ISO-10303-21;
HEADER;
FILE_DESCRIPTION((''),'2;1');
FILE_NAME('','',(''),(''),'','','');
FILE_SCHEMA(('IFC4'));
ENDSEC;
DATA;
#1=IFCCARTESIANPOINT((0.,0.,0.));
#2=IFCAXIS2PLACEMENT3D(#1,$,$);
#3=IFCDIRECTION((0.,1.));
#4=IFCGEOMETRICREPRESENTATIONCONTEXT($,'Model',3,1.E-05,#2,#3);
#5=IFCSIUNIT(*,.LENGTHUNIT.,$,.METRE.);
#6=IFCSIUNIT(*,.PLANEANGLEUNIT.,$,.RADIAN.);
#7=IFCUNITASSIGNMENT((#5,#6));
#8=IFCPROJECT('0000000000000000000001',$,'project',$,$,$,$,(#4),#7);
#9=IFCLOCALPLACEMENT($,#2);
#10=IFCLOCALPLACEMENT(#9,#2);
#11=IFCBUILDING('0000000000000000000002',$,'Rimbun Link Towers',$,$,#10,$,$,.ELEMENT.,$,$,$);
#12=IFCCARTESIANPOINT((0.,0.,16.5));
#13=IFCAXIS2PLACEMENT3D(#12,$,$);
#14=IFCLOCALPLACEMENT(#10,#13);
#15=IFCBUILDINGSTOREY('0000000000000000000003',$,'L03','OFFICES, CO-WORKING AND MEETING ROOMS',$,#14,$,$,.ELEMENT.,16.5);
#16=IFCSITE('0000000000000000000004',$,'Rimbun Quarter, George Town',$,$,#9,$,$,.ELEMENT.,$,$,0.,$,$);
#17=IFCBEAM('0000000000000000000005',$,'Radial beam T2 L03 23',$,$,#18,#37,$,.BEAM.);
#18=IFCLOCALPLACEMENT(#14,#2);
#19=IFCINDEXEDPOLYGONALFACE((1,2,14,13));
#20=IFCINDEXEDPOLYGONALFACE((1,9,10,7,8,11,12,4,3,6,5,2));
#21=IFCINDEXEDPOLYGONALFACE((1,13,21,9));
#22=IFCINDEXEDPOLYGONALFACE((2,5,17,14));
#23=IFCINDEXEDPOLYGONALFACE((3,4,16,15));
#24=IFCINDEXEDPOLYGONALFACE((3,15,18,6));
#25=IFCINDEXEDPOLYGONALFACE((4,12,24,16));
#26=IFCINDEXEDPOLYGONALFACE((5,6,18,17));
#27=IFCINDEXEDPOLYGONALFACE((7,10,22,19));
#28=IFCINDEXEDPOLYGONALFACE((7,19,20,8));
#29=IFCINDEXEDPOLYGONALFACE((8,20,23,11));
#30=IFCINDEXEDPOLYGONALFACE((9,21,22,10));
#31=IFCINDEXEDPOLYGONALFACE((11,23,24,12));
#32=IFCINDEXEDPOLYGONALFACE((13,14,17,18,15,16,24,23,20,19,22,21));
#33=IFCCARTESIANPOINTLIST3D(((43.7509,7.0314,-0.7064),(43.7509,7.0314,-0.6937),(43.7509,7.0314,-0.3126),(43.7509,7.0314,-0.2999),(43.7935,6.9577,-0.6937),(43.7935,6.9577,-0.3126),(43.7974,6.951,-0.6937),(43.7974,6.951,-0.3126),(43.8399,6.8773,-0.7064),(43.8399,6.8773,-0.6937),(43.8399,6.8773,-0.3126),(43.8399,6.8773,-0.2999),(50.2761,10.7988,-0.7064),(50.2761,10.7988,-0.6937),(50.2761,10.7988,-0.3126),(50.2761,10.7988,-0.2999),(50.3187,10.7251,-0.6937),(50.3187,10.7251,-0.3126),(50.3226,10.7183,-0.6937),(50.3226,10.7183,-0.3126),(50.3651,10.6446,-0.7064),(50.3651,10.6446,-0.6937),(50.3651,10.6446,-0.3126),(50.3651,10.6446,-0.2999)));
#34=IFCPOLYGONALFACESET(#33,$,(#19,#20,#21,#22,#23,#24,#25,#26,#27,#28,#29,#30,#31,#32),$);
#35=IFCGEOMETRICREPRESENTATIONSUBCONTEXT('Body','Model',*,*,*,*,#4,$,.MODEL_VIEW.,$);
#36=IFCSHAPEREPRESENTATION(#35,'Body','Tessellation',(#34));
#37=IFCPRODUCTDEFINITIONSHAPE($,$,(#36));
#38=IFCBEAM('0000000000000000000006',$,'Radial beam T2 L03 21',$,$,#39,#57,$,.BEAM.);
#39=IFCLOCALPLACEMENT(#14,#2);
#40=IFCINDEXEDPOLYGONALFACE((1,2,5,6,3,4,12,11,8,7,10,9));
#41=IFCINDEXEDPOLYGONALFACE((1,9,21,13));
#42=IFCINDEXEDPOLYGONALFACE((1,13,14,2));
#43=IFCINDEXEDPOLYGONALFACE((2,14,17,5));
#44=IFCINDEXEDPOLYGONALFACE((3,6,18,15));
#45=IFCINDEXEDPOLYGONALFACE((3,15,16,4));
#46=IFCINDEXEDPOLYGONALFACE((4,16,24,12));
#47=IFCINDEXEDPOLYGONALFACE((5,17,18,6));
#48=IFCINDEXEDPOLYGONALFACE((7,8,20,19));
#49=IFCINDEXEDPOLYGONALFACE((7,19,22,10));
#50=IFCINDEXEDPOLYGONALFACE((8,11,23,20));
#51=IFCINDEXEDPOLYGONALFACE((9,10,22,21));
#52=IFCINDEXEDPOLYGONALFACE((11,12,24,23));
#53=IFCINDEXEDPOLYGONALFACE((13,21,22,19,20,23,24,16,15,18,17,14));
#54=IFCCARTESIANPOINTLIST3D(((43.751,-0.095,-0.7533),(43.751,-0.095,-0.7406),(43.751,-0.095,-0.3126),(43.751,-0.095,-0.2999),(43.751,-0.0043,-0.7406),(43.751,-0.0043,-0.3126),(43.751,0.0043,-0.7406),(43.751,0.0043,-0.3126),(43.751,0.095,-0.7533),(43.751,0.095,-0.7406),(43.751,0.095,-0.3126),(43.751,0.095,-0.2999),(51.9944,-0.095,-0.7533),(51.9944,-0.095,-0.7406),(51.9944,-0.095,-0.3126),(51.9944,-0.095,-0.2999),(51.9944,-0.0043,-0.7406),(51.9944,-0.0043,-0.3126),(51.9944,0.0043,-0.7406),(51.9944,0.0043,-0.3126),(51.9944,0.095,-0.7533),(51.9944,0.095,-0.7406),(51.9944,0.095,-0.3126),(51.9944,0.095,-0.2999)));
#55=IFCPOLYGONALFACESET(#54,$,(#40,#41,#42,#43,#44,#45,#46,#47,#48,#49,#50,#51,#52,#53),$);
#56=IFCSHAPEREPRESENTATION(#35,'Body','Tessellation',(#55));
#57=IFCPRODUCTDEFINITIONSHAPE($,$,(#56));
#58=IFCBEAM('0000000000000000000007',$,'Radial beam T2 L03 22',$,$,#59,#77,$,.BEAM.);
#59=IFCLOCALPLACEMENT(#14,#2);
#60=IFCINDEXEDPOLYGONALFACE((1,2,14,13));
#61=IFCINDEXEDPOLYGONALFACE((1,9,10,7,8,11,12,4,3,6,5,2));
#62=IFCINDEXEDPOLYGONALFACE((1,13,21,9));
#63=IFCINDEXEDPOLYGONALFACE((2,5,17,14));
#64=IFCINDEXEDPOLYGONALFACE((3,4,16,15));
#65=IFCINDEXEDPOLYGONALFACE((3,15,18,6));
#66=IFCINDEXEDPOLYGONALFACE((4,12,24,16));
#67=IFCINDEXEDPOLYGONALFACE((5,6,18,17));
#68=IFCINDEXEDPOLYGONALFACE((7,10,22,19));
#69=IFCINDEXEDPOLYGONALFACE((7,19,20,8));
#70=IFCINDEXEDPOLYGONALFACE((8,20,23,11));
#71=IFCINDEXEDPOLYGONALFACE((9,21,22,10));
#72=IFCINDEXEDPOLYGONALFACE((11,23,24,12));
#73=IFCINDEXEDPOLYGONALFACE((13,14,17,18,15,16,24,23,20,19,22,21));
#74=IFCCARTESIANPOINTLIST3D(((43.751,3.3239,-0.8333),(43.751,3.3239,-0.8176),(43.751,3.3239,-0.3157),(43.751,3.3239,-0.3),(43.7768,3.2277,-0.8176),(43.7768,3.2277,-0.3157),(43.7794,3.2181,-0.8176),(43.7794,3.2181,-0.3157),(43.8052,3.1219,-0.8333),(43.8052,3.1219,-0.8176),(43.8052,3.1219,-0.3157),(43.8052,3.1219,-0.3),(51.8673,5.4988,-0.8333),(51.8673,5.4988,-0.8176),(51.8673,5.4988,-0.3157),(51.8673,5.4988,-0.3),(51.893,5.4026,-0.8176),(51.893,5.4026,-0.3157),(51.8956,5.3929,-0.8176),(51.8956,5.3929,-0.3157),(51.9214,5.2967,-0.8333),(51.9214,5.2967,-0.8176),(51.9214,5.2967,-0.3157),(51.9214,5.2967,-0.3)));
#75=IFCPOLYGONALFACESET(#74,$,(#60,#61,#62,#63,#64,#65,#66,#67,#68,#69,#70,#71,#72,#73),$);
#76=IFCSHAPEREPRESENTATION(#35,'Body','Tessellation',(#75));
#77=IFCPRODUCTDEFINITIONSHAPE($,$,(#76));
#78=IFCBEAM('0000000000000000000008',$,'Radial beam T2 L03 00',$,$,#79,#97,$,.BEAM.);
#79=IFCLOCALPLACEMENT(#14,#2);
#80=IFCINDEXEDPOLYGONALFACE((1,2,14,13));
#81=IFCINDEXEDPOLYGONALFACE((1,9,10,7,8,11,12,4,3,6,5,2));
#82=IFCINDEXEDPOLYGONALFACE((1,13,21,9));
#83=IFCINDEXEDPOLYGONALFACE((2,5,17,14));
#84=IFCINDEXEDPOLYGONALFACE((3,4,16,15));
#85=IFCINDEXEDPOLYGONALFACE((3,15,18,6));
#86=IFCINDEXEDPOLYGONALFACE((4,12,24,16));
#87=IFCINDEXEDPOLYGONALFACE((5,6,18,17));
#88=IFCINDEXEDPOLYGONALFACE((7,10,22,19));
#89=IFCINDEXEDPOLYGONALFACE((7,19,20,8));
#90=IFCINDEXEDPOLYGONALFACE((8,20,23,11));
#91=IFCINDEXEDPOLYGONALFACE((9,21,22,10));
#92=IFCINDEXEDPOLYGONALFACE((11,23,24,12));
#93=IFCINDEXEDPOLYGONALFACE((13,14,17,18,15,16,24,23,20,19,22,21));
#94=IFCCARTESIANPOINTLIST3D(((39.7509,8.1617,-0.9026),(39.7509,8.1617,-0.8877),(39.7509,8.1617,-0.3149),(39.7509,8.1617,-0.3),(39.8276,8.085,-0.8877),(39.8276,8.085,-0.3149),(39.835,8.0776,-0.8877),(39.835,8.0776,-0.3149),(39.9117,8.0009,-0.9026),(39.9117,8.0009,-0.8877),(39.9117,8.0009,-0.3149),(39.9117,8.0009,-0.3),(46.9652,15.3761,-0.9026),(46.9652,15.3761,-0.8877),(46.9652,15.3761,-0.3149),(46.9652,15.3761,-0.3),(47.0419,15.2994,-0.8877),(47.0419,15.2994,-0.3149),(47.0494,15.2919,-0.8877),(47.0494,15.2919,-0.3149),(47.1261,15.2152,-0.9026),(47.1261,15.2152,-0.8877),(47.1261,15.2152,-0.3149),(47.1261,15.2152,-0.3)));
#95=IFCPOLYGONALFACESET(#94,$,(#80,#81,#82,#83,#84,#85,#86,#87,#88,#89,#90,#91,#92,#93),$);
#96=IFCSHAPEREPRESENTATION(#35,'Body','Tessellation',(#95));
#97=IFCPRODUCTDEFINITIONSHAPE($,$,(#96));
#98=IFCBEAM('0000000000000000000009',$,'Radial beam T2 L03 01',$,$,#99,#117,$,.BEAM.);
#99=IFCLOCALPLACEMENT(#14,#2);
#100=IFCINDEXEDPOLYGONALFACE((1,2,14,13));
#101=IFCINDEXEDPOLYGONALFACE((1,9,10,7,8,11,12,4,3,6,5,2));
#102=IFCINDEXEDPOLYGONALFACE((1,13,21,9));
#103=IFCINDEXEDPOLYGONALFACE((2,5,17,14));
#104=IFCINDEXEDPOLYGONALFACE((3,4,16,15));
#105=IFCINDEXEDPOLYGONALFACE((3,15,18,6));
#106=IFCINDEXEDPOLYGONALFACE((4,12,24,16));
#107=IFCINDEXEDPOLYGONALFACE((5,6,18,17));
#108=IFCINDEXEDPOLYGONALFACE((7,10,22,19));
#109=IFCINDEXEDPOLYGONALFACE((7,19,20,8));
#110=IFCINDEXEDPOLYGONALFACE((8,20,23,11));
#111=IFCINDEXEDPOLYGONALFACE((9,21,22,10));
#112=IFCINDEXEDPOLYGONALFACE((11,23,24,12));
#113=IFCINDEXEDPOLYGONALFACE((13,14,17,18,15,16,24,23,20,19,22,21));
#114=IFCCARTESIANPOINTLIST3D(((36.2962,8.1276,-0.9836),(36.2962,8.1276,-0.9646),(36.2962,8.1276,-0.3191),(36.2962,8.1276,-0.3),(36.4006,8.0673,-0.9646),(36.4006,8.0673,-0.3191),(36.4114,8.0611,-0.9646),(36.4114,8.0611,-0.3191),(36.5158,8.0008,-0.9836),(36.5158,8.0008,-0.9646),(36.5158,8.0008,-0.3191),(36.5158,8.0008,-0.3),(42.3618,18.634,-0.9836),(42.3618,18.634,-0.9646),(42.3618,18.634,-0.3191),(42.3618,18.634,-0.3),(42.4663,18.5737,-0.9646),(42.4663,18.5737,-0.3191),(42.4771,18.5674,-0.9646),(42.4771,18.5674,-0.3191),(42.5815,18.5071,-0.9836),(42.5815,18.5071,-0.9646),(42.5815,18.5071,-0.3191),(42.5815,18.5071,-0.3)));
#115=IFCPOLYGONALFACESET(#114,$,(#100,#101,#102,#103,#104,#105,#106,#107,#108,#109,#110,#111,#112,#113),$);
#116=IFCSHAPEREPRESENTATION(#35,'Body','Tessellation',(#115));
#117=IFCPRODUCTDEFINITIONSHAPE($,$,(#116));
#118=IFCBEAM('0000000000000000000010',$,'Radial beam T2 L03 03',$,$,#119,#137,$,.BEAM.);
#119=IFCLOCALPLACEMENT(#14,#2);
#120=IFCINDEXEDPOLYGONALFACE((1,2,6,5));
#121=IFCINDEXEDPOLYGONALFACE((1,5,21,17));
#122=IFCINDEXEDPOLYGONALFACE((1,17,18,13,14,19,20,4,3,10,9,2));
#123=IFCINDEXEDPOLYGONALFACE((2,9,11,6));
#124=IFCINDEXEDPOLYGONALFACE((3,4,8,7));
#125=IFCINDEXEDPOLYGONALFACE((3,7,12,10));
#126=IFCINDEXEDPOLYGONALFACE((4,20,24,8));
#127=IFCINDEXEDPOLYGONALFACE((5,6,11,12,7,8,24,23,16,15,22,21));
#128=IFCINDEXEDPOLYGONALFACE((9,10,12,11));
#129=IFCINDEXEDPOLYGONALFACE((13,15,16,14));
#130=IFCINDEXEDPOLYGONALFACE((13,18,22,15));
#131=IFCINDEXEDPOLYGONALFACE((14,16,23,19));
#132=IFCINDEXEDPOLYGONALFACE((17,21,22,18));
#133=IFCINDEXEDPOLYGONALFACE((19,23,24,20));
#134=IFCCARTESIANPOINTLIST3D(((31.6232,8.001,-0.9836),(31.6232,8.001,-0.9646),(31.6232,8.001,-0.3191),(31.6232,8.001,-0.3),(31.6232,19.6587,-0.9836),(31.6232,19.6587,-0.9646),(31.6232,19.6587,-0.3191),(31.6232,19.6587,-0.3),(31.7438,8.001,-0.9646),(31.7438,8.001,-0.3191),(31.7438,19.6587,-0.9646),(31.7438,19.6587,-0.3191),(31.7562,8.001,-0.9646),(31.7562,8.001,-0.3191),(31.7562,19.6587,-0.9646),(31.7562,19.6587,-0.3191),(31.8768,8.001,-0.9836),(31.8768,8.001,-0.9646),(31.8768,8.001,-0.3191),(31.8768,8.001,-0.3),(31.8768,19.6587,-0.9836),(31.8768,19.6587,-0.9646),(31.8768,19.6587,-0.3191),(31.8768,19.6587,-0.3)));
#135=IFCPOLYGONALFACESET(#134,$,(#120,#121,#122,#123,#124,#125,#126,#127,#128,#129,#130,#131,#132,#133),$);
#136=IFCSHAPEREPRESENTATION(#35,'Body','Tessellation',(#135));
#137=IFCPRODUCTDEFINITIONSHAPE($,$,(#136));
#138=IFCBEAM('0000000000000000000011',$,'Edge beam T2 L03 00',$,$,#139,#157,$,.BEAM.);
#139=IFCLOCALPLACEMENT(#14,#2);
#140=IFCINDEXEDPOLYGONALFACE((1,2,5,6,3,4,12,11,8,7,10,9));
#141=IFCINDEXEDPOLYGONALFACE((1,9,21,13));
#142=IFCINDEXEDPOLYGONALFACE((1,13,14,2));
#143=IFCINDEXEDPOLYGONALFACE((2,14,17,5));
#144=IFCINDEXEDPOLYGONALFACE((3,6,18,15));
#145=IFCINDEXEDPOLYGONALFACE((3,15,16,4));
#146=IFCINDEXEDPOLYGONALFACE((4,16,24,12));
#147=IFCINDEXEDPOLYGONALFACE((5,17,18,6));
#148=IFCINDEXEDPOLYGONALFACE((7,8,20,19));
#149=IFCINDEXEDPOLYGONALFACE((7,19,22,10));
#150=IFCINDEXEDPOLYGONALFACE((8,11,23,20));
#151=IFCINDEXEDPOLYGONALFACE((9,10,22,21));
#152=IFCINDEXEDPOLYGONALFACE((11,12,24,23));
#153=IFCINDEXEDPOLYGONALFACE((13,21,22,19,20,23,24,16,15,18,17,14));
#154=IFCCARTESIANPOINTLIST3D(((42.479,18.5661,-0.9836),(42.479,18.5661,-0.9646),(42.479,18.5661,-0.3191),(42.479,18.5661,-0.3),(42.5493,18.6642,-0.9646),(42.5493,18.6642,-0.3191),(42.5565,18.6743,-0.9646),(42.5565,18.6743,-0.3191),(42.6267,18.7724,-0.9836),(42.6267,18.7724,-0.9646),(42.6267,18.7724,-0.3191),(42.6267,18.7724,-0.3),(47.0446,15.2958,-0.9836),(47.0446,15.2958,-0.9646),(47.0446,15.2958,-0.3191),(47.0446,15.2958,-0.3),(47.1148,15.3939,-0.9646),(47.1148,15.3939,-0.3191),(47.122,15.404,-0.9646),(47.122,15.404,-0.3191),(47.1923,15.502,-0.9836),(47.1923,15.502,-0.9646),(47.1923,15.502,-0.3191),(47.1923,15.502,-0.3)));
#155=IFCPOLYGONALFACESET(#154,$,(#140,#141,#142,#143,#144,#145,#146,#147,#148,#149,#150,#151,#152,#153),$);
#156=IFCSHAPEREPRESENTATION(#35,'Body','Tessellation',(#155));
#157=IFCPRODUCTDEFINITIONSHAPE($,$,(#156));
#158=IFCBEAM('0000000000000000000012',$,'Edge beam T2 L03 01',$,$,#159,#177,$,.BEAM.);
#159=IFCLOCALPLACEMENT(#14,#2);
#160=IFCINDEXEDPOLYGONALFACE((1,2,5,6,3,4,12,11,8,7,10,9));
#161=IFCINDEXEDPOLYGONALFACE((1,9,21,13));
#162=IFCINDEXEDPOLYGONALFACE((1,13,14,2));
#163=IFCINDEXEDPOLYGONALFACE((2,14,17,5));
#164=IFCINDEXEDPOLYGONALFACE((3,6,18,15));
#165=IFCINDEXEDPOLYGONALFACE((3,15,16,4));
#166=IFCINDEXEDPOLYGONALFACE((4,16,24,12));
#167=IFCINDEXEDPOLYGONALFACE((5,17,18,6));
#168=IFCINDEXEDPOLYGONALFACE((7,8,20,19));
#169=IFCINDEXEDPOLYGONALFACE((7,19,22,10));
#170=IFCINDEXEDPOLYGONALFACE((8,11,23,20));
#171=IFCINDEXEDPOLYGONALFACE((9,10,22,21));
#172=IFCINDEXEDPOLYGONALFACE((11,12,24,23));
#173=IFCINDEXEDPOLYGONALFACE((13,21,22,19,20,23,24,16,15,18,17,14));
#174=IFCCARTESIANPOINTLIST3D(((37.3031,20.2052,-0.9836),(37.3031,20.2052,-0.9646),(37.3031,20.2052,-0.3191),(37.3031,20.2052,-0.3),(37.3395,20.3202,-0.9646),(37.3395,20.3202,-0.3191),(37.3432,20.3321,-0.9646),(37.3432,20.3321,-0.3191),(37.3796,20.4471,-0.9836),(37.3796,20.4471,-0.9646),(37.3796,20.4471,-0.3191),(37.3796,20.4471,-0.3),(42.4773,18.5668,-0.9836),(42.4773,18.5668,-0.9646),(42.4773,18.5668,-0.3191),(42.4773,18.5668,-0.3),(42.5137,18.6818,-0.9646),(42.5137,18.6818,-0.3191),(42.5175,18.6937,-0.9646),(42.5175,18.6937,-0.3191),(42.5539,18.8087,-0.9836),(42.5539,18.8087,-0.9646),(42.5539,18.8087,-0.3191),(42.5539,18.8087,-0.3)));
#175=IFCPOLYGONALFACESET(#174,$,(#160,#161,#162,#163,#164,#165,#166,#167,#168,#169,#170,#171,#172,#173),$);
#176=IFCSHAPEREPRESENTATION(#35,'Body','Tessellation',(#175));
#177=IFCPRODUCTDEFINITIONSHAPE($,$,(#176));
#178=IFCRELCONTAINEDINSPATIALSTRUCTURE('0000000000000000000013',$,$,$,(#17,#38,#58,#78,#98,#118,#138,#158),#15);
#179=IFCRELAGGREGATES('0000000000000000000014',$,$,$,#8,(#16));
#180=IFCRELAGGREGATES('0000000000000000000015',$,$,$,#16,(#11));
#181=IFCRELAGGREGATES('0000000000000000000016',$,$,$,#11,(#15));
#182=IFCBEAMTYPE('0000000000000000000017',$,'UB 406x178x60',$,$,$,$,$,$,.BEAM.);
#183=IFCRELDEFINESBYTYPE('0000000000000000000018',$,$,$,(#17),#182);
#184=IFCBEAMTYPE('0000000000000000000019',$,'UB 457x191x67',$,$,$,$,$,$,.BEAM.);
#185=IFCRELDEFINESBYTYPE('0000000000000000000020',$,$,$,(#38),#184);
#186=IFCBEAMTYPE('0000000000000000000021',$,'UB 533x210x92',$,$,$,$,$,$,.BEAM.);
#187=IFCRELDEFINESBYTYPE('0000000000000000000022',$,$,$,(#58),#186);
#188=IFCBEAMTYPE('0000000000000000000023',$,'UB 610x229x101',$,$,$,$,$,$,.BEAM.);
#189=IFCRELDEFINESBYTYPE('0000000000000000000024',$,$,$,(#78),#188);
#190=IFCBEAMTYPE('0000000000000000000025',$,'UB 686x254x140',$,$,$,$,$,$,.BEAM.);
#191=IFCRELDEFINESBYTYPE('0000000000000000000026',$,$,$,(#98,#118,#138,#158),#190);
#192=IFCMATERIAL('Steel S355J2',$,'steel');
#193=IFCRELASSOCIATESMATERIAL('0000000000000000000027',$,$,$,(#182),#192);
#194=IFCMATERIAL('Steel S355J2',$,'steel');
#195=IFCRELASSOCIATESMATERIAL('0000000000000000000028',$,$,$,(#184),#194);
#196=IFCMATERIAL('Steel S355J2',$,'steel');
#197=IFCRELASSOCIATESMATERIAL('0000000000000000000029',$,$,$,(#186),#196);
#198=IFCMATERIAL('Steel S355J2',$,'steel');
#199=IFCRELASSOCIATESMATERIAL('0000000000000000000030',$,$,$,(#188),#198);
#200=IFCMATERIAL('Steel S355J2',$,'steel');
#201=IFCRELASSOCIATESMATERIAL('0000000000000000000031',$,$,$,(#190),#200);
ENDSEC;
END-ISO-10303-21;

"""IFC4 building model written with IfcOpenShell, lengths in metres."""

from ifc_helpers import new_model, si_unit, direction, frame, origin, origin_2d, place, context, subcontext, project, spatial, i_section, extrude, material, material_profile, profile_set, type_object, element, save


model = new_model("IFC4")

# Units and contexts
model_context = context("Model", 3, precision=1e-05, world=origin(), true_north=direction((0.0, 1.0)))
body_context = subcontext(model_context, "Body", "Model", "MODEL_VIEW")
ifc_project = project(units=[si_unit("LENGTHUNIT", "METRE"), si_unit("PLANEANGLEUNIT", "RADIAN")], contexts=[model_context])

# Site, building, storey
site_placement = place(None, origin())
site = spatial("IfcSite", under=ifc_project, at=site_placement, Name="Rimbun Quarter, George Town", CompositionType="ELEMENT", RefElevation=0.0)
building_placement = place(site_placement, origin())
building = spatial("IfcBuilding", under=site, at=building_placement, Name="Rimbun Link Towers", CompositionType="ELEMENT")
storey_placement = place(building_placement, frame((0.0, 0.0, 16.5)))
storey = spatial("IfcBuildingStorey", under=building, at=storey_placement, Name="L03", Description="OFFICES, CO-WORKING AND MEETING ROOMS", CompositionType="ELEMENT", Elevation=16.5)

# Beams
ifc_material_1 = material(Name="Steel S355J2", Category="steel")
ifc_material_profile_1 = material_profile(ifc_material_1, i_section(OverallWidth=0.178, OverallDepth=0.4065, WebThickness=0.0078, FlangeThickness=0.0127, at=origin_2d()), Name="UB 406x178x60")
ifc_profile_set_1 = profile_set([ifc_material_profile_1], Name="Steel S355J2")
beam_type_1 = type_object("IfcBeamType", Name="UB 406x178x60", PredefinedType="BEAM", material=ifc_profile_set_1)
beam_1_placement = place(storey_placement, frame((43.7954, 6.9543, -0.5032), z_axis=(0.866023, 0.500004, 0.0), x_axis=(-0.500004, 0.866023, 0.0)))
element("IfcBeam", 1, at=beam_1_placement, inside=storey, type_object=beam_type_1, Name="Radial beam T2 L03 23", PredefinedType="BEAM", context=body_context, shape_type="SweptSolid", body=[
    extrude(i_section(OverallWidth=0.178, OverallDepth=0.4065, WebThickness=0.0078, FlangeThickness=0.0127, at=origin_2d()), origin(), (0.0, 0.0, 1.0), 7.5347),
])
ifc_material_2 = material(Name="Steel S355J2", Category="steel")
ifc_material_profile_2 = material_profile(ifc_material_2, i_section(OverallWidth=0.1899, OverallDepth=0.4534, WebThickness=0.0085, FlangeThickness=0.0127, at=origin_2d()), Name="UB 457x191x67")
ifc_profile_set_2 = profile_set([ifc_material_profile_2], Name="Steel S355J2")
beam_type_2 = type_object("IfcBeamType", Name="UB 457x191x67", PredefinedType="BEAM", material=ifc_profile_set_2)
beam_2_placement = place(storey_placement, frame((43.751, 0.0, -0.5266), z_axis=(1.0, 0.0, 0.0), x_axis=(0.0, 1.0, 0.0)))
element("IfcBeam", 2, at=beam_2_placement, inside=storey, type_object=beam_type_2, Name="Radial beam T2 L03 21", PredefinedType="BEAM", context=body_context, shape_type="SweptSolid", body=[
    extrude(i_section(OverallWidth=0.1899, OverallDepth=0.4534, WebThickness=0.0085, FlangeThickness=0.0127, at=origin_2d()), origin(), (0.0, 0.0, 1.0), 8.2434),
])
ifc_material_3 = material(Name="Steel S355J2", Category="steel")
ifc_material_profile_3 = material_profile(ifc_material_3, i_section(OverallWidth=0.2092, OverallDepth=0.5332, WebThickness=0.01, FlangeThickness=0.0156, at=origin_2d()), Name="UB 533x210x92")
ifc_profile_set_3 = profile_set([ifc_material_profile_3], Name="Steel S355J2")
beam_type_3 = type_object("IfcBeamType", Name="UB 533x210x92", PredefinedType="BEAM", material=ifc_profile_set_3)
beam_3_placement = place(storey_placement, frame((43.7781, 3.2229, -0.5667), z_axis=(0.965924, 0.258827, 0.0), x_axis=(-0.258827, 0.965924, 0.0)))
element("IfcBeam", 3, at=beam_3_placement, inside=storey, type_object=beam_type_3, Name="Radial beam T2 L03 22", PredefinedType="BEAM", context=body_context, shape_type="SweptSolid", body=[
    extrude(i_section(OverallWidth=0.2092, OverallDepth=0.5332, WebThickness=0.01, FlangeThickness=0.0156, at=origin_2d()), origin(), (0.0, 0.0, 1.0), 8.4026),
])
ifc_material_4 = material(Name="Steel S355J2", Category="steel")
ifc_material_profile_4 = material_profile(ifc_material_4, i_section(OverallWidth=0.2275, OverallDepth=0.6025, WebThickness=0.0105, FlangeThickness=0.0149, at=origin_2d()), Name="UB 610x229x101")
ifc_profile_set_4 = profile_set([ifc_material_profile_4], Name="Steel S355J2")
beam_type_4 = type_object("IfcBeamType", Name="UB 610x229x101", PredefinedType="BEAM", material=ifc_profile_set_4)
beam_4_placement = place(storey_placement, frame((39.8313, 8.0813, -0.6013), z_axis=(0.707107, 0.707107, 0.0), x_axis=(-0.707107, 0.707107, 0.0)))
element("IfcBeam", 4, at=beam_4_placement, inside=storey, type_object=beam_type_4, Name="Radial beam T2 L03 00", PredefinedType="BEAM", context=body_context, shape_type="SweptSolid", body=[
    extrude(i_section(OverallWidth=0.2275, OverallDepth=0.6025, WebThickness=0.0105, FlangeThickness=0.0149, at=origin_2d()), origin(), (0.0, 0.0, 1.0), 10.2026),
])
ifc_material_5 = material(Name="Steel S355J2", Category="steel")
ifc_material_profile_5 = material_profile(ifc_material_5, i_section(OverallWidth=0.2537, OverallDepth=0.6836, WebThickness=0.0125, FlangeThickness=0.019, at=origin_2d()), Name="UB 686x254x140")
ifc_profile_set_5 = profile_set([ifc_material_profile_5], Name="Steel S355J2")
beam_type_5 = type_object("IfcBeamType", Name="UB 686x254x140", PredefinedType="BEAM", material=ifc_profile_set_5)
beam_5_placement = place(storey_placement, frame((36.406, 8.0642, -0.6418), z_axis=(0.49999, 0.866031, 0.0), x_axis=(-0.866031, 0.49999, 0.0)))
element("IfcBeam", 5, at=beam_5_placement, inside=storey, type_object=beam_type_5, Name="Radial beam T2 L03 01", PredefinedType="BEAM", context=body_context, shape_type="SweptSolid", body=[
    extrude(i_section(OverallWidth=0.2537, OverallDepth=0.6836, WebThickness=0.0125, FlangeThickness=0.019, at=origin_2d()), origin(), (0.0, 0.0, 1.0), 12.1316),
])
beam_6_placement = place(storey_placement, frame((31.75, 8.001, -0.6418), z_axis=(0.0, 1.0, 0.0), x_axis=(-1.0, 0.0, 0.0)))
element("IfcBeam", 6, at=beam_6_placement, inside=storey, type_object=beam_type_5, Name="Radial beam T2 L03 03", PredefinedType="BEAM", context=body_context, shape_type="SweptSolid", body=[
    extrude(i_section(OverallWidth=0.2537, OverallDepth=0.6836, WebThickness=0.0125, FlangeThickness=0.019, at=origin_2d()), origin(), (0.0, 0.0, 1.0), 11.6577),
])
beam_7_placement = place(storey_placement, frame((47.1184, 15.3989, -0.6418), z_axis=(-0.812954, 0.582327, 0.0), x_axis=(-0.582327, -0.812954, 0.0)))
element("IfcBeam", 7, at=beam_7_placement, inside=storey, type_object=beam_type_5, Name="Edge beam T2 L03 00", PredefinedType="BEAM", context=body_context, shape_type="SweptSolid", body=[
    extrude(i_section(OverallWidth=0.2537, OverallDepth=0.6836, WebThickness=0.0125, FlangeThickness=0.019, at=origin_2d()), origin(), (0.0, 0.0, 1.0), 5.616),
])
beam_8_placement = place(storey_placement, frame((42.5156, 18.6877, -0.6418), z_axis=(-0.953348, 0.301874, 0.0), x_axis=(-0.301874, -0.953348, 0.0)))
element("IfcBeam", 8, at=beam_8_placement, inside=storey, type_object=beam_type_5, Name="Edge beam T2 L03 01", PredefinedType="BEAM", context=body_context, shape_type="SweptSolid", body=[
    extrude(i_section(OverallWidth=0.2537, OverallDepth=0.6836, WebThickness=0.0125, FlangeThickness=0.019, at=origin_2d()), origin(), (0.0, 0.0, 1.0), 5.4275),
])

save(model, "model.ifc")
